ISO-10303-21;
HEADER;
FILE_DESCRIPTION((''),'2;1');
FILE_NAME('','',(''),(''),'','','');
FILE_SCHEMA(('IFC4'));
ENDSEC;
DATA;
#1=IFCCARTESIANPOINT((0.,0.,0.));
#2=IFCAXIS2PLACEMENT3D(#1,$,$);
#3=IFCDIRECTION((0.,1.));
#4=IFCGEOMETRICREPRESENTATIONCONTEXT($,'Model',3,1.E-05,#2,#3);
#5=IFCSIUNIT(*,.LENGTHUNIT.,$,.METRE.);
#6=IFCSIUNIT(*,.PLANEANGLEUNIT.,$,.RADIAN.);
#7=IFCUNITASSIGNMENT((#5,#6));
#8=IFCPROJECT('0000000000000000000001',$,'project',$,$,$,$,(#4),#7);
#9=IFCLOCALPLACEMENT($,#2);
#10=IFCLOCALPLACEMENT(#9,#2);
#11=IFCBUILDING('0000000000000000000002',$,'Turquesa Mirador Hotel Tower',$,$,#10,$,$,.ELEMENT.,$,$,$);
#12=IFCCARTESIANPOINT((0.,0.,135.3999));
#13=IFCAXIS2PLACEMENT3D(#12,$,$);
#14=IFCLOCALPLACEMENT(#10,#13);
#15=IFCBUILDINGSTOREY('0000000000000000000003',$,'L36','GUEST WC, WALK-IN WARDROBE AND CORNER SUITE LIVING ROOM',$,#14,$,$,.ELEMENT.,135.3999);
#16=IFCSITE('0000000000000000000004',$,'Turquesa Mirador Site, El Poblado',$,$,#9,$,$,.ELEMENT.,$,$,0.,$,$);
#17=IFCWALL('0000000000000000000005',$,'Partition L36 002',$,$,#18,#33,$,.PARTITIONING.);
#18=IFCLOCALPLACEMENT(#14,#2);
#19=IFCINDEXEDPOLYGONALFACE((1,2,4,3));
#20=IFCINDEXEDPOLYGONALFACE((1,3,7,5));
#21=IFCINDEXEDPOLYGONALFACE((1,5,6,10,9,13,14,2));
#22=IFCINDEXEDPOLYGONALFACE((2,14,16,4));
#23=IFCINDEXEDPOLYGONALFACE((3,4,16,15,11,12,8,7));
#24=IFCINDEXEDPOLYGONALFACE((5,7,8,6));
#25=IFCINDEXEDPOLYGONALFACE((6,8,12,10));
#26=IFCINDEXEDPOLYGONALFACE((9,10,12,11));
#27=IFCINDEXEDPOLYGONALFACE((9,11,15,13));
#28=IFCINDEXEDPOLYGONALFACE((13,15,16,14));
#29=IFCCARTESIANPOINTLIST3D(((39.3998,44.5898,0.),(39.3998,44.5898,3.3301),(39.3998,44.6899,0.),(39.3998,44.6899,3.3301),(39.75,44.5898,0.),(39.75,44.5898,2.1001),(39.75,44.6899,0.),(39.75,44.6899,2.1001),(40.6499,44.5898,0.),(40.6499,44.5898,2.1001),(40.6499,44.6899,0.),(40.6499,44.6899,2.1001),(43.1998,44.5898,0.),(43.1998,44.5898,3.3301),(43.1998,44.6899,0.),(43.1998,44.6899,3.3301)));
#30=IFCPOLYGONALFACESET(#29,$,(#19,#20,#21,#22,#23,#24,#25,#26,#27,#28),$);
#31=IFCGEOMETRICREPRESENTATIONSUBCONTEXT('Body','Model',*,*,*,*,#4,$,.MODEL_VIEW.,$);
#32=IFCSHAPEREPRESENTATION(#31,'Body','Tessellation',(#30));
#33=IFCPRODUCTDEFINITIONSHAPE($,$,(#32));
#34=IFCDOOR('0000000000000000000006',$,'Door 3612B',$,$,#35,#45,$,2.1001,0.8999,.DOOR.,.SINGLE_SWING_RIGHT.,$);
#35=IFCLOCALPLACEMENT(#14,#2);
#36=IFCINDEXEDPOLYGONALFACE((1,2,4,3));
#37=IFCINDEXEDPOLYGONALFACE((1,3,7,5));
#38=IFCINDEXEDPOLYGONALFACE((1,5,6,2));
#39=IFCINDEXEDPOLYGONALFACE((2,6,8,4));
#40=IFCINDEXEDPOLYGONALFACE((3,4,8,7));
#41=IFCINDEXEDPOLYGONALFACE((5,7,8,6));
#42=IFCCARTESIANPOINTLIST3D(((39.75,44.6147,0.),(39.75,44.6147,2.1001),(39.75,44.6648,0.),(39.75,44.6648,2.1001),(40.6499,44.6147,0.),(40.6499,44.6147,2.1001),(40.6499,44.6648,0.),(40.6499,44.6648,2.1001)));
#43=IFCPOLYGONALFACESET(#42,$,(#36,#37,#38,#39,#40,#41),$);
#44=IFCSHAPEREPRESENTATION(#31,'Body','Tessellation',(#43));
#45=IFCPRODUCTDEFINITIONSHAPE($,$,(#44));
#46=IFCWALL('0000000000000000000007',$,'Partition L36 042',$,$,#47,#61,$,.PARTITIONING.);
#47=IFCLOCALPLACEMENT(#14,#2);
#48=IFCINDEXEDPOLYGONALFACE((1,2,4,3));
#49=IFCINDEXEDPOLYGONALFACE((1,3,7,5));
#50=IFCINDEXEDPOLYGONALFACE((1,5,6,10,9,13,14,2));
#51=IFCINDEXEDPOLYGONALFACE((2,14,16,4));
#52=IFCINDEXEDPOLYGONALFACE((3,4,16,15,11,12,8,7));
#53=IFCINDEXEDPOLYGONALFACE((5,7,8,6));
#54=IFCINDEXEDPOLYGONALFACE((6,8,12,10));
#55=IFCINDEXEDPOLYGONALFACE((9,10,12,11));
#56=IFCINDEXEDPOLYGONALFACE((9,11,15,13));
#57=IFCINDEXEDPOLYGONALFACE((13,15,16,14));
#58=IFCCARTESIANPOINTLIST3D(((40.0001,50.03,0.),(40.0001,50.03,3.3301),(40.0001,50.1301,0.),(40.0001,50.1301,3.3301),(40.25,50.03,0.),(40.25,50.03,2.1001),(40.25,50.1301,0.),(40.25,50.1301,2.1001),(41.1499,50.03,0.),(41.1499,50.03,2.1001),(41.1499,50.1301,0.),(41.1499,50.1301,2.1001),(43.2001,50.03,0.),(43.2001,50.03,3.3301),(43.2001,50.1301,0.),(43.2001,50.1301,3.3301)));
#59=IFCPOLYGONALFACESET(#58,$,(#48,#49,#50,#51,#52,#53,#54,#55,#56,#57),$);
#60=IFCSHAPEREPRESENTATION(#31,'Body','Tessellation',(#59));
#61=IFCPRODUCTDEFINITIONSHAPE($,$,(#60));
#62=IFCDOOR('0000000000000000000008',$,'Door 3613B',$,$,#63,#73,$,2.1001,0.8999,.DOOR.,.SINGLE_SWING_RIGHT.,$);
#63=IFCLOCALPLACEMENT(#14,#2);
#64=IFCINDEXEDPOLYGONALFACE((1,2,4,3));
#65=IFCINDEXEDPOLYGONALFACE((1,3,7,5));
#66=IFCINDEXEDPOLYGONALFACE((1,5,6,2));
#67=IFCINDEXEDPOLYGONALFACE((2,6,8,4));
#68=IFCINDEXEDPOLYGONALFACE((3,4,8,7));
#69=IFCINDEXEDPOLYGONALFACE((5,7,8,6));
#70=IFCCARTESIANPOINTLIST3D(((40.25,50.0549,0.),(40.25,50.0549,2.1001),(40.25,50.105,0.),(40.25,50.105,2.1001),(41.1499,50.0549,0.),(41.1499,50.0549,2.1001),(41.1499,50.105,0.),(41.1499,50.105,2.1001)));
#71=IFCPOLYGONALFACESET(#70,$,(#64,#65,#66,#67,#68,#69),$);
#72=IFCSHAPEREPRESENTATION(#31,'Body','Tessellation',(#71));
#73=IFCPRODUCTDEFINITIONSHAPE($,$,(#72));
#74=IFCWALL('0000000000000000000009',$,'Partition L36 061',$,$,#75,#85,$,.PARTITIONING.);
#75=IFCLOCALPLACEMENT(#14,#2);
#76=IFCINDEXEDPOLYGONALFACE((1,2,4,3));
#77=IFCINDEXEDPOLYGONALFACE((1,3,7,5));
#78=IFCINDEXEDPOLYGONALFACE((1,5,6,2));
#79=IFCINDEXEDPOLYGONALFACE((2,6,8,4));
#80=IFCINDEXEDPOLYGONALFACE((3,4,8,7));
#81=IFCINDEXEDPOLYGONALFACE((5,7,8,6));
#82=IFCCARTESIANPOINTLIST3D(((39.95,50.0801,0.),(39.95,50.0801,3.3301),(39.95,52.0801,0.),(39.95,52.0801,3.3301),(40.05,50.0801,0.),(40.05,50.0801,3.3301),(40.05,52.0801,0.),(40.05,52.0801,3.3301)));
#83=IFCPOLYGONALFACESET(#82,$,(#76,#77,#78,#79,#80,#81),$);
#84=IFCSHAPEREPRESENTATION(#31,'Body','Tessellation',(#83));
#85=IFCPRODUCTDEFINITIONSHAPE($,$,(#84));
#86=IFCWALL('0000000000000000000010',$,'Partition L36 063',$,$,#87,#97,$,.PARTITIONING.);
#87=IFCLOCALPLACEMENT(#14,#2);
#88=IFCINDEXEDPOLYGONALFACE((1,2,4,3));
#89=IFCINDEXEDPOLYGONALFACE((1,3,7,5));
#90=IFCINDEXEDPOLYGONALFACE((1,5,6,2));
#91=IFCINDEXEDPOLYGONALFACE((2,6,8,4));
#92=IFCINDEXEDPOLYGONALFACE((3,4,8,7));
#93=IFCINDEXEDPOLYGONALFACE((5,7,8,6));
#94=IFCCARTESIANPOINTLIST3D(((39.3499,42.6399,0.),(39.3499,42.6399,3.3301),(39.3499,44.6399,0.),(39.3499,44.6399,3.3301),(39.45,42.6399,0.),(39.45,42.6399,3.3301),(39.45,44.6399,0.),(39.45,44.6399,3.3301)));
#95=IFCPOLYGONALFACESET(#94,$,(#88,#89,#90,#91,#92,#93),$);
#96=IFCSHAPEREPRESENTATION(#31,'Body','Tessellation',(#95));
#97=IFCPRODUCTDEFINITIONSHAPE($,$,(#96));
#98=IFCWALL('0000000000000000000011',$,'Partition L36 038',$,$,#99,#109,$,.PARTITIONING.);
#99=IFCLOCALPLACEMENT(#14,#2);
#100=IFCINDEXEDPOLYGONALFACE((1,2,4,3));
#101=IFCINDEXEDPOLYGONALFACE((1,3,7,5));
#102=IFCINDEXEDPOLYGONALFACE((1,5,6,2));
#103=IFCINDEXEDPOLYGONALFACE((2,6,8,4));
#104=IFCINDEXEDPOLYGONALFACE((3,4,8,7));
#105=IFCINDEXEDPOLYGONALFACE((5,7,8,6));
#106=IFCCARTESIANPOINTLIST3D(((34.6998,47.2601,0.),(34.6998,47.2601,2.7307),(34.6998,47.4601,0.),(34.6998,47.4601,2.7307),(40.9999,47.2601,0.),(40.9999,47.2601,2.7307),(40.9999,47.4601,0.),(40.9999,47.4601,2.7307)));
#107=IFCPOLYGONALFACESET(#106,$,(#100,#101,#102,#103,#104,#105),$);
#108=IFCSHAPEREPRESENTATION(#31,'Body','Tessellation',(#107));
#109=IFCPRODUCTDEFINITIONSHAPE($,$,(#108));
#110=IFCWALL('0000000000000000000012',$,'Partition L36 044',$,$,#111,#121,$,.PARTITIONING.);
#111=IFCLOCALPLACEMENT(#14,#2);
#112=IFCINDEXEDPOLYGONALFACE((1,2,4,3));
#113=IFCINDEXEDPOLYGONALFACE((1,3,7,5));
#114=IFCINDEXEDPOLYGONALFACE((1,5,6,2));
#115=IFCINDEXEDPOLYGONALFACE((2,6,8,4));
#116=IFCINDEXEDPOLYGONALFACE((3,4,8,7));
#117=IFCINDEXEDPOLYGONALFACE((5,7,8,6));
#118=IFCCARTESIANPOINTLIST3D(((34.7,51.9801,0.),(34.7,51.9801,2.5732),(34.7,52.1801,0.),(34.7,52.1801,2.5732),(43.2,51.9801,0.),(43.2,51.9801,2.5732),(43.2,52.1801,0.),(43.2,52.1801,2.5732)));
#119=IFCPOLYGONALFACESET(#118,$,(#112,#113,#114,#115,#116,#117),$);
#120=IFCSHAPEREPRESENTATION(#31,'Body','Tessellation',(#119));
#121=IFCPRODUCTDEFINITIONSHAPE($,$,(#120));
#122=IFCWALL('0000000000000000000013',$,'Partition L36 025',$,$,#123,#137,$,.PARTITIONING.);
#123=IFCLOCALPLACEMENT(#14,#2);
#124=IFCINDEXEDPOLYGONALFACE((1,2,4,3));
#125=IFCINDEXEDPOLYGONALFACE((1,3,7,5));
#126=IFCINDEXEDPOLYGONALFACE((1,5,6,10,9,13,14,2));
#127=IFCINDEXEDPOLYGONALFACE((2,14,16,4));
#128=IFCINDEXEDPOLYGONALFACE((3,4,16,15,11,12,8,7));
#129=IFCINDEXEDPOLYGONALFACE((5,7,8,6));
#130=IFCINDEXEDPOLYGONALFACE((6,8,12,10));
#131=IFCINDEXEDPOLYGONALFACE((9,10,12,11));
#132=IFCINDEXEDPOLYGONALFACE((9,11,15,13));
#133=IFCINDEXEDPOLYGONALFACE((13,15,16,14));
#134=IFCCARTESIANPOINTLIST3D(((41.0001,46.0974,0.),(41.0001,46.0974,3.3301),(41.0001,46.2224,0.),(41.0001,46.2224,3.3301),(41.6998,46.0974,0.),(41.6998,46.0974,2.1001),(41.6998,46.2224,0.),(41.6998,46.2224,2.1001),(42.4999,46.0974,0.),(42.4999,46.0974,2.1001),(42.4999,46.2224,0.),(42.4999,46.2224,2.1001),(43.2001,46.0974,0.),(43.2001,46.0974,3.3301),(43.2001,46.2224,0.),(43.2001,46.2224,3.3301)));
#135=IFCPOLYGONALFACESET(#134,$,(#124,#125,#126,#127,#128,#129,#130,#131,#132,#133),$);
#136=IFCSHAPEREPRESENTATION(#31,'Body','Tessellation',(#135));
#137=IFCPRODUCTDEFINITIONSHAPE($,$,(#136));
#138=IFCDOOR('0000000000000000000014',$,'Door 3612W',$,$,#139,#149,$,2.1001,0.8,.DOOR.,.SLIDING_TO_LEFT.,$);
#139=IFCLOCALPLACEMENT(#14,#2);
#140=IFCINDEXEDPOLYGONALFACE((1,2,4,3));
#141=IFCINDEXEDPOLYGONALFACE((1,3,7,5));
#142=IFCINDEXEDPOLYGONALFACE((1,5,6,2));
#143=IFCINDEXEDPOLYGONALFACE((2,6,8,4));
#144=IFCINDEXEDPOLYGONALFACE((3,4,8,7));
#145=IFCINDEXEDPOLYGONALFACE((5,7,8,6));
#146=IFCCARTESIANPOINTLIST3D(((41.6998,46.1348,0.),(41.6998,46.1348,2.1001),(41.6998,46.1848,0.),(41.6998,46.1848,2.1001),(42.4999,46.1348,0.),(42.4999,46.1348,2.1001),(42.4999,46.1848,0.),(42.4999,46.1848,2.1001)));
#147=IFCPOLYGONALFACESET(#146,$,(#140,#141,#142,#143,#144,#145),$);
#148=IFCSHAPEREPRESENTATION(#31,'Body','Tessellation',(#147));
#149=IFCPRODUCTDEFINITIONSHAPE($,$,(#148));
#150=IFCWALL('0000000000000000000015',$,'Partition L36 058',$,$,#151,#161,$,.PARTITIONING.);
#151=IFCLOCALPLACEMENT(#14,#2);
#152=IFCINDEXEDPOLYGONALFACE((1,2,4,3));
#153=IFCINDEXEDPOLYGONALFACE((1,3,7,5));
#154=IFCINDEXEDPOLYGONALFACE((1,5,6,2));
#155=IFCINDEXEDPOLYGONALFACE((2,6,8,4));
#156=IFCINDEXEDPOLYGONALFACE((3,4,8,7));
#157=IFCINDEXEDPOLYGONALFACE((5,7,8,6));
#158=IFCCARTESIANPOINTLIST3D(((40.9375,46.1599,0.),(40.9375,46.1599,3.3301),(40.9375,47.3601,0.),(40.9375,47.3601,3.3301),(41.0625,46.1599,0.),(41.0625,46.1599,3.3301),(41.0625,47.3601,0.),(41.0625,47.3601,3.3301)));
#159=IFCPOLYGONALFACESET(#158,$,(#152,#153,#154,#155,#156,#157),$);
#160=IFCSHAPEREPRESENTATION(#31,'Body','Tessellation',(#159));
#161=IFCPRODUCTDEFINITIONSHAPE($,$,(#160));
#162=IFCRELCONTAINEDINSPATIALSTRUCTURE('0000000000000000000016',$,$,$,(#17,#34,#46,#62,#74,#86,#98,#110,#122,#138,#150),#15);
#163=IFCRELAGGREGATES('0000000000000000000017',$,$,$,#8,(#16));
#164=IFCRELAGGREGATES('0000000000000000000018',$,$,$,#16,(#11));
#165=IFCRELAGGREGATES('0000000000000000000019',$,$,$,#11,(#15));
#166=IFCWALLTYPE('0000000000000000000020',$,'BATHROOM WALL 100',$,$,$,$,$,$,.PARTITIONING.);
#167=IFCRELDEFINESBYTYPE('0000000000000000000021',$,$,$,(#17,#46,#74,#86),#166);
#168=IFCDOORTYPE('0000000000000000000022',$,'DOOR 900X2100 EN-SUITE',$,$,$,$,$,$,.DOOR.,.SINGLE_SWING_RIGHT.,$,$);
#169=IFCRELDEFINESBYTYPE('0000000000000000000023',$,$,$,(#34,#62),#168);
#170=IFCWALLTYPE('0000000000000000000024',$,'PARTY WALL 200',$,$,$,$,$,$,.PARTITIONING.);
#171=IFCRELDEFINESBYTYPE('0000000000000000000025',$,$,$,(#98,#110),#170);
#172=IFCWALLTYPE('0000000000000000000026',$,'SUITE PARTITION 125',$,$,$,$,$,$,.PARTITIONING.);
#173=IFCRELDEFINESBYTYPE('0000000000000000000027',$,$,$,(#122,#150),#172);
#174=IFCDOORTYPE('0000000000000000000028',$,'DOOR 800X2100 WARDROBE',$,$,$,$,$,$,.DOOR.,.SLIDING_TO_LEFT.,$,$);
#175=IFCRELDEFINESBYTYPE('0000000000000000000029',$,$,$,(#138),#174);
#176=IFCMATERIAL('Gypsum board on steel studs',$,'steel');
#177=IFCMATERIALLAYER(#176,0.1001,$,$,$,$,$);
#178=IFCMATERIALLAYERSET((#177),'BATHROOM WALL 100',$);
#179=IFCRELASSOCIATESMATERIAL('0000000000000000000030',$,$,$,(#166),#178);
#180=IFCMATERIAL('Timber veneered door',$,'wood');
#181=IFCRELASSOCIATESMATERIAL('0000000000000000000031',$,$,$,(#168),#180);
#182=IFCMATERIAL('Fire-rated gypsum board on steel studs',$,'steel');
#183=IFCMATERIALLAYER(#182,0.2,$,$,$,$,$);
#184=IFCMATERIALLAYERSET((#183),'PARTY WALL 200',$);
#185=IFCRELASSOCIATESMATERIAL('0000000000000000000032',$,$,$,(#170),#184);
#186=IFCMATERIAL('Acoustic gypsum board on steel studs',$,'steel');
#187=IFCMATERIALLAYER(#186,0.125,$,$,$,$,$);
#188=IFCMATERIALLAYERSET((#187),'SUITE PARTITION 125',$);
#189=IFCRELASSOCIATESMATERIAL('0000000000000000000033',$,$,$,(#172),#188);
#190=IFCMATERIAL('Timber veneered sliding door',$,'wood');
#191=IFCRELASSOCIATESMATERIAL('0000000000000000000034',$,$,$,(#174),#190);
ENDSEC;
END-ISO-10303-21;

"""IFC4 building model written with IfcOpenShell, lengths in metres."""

from ifc_helpers import new_model, si_unit, direction, frame, frame_2d, origin, place, context, subcontext, project, spatial, rectangle, extrude, material, layer, layer_set, type_object, element, fill, save


model = new_model("IFC4")

# Units and contexts
model_context = context("Model", 3, precision=1e-05, world=origin(), true_north=direction((0.0, 1.0)))
body_context = subcontext(model_context, "Body", "Model", "MODEL_VIEW")
ifc_project = project(units=[si_unit("LENGTHUNIT", "METRE"), si_unit("PLANEANGLEUNIT", "RADIAN")], contexts=[model_context])

# Site, building, storey
site_placement = place(None, origin())
site = spatial("IfcSite", under=ifc_project, at=site_placement, Name="Turquesa Mirador Site, El Poblado", CompositionType="ELEMENT", RefElevation=0.0)
building_placement = place(site_placement, origin())
building = spatial("IfcBuilding", under=site, at=building_placement, Name="Turquesa Mirador Hotel Tower", CompositionType="ELEMENT")
storey_placement = place(building_placement, frame((0.0, 0.0, 135.3999)))
storey = spatial("IfcBuildingStorey", under=building, at=storey_placement, Name="L36", Description="GUEST WC, WALK-IN WARDROBE AND CORNER SUITE LIVING ROOM", CompositionType="ELEMENT", Elevation=135.3999)

# Walls, openings, doors
ifc_material_1 = material(Name="Gypsum board on steel studs", Category="steel")
ifc_layer_1 = layer(ifc_material_1, 0.1001)
ifc_layer_set_1 = layer_set([ifc_layer_1], Name="BATHROOM WALL 100")
wall_type_1 = type_object("IfcWallType", Name="BATHROOM WALL 100", PredefinedType="PARTITIONING", material=ifc_layer_set_1)
wall_1_placement = place(storey_placement, frame((39.3999, 44.6399, 0.0), z_axis=(0.0, 0.0, 1.0), x_axis=(1.0, 0.0, 0.0)))
wall_1 = element("IfcWall", 1, at=wall_1_placement, inside=storey, type_object=wall_type_1, Name="Partition L36 002", PredefinedType="PARTITIONING", context=body_context, shape_type="SweptSolid", body=[
    extrude(rectangle(XDim=3.8, YDim=0.1001, at=frame_2d((1.8999, 0.0))), origin(), (0.0, 0.0, 1.0), 3.3301),
])
opening_1_placement = place(wall_1_placement, frame((0.3501, 0.0, 0.0)))
opening_1 = element("IfcOpeningElement", 2, at=opening_1_placement, cuts=wall_1, PredefinedType="OPENING", context=body_context, shape_type="SweptSolid", body=[
    extrude(rectangle(XDim=0.8999, YDim=2.1001, at=frame_2d((0.45, 1.05))), frame((0.0, 0.0601, 0.0), z_axis=(0.0, -1.0, 0.0), x_axis=(1.0, 0.0, 0.0)), (0.0, 0.0, 1.0), 0.1201),
])
ifc_material_2 = material(Name="Timber veneered door", Category="wood")
door_type_1 = type_object("IfcDoorType", Name="DOOR 900X2100 EN-SUITE", OperationType="SINGLE_SWING_RIGHT", PredefinedType="DOOR", material=ifc_material_2)
door_1_placement = place(opening_1_placement, origin())
door_1 = element("IfcDoor", 3, at=door_1_placement, inside=storey, type_object=door_type_1, Name="Door 3612B", OperationType="SINGLE_SWING_RIGHT", OverallHeight=2.1001, OverallWidth=0.8999, PredefinedType="DOOR", context=body_context, shape_type="SweptSolid", body=[
    extrude(rectangle(XDim=0.8999, YDim=2.1001, at=frame_2d((0.45, 1.05))), frame((0.0, 0.0249, 0.0), z_axis=(0.0, -1.0, 0.0), x_axis=(1.0, 0.0, 0.0)), (0.0, 0.0, 1.0), 0.05),
])
fill(opening_1, door_1)
wall_2_placement = place(storey_placement, frame((40.0, 50.0801, 0.0), z_axis=(0.0, 0.0, 1.0), x_axis=(1.0, 0.0, 0.0)))
wall_2 = element("IfcWall", 4, at=wall_2_placement, inside=storey, type_object=wall_type_1, Name="Partition L36 042", PredefinedType="PARTITIONING", context=body_context, shape_type="SweptSolid", body=[
    extrude(rectangle(XDim=3.2, YDim=0.1001, at=frame_2d((1.6001, 0.0))), origin(), (0.0, 0.0, 1.0), 3.3301),
])
opening_2_placement = place(wall_2_placement, frame((0.25, 0.0, 0.0)))
opening_2 = element("IfcOpeningElement", 5, at=opening_2_placement, cuts=wall_2, PredefinedType="OPENING", context=body_context, shape_type="SweptSolid", body=[
    extrude(rectangle(XDim=0.8999, YDim=2.1001, at=frame_2d((0.45, 1.05))), frame((0.0, 0.0601, 0.0), z_axis=(0.0, -1.0, 0.0), x_axis=(1.0, 0.0, 0.0)), (0.0, 0.0, 1.0), 0.1201),
])
door_2_placement = place(opening_2_placement, origin())
door_2 = element("IfcDoor", 6, at=door_2_placement, inside=storey, type_object=door_type_1, Name="Door 3613B", OperationType="SINGLE_SWING_RIGHT", OverallHeight=2.1001, OverallWidth=0.8999, PredefinedType="DOOR", context=body_context, shape_type="SweptSolid", body=[
    extrude(rectangle(XDim=0.8999, YDim=2.1001, at=frame_2d((0.45, 1.05))), frame((0.0, 0.0249, 0.0), z_axis=(0.0, -1.0, 0.0), x_axis=(1.0, 0.0, 0.0)), (0.0, 0.0, 1.0), 0.05),
])
fill(opening_2, door_2)

# Walls
for number, where, z_axis, x_axis, name in (
    (7, (40.0, 50.0801, 0.0), (0.0, 0.0, 1.0), (0.0, 1.0, 0.0), "Partition L36 061"),
    (8, (39.3999, 42.6399, 0.0), (0.0, 0.0, 1.0), (0.0, 1.0, 0.0), "Partition L36 063"),
):
    element("IfcWall", number, at=place(storey_placement, frame(where, z_axis=z_axis, x_axis=x_axis)), inside=storey, type_object=wall_type_1, Name=name, PredefinedType="PARTITIONING", context=body_context, shape_type="SweptSolid", body=[
        extrude(rectangle(XDim=2.0, YDim=0.1001, at=frame_2d((1.0, 0.0))), origin(), (0.0, 0.0, 1.0), 3.3301),
    ])
ifc_material_3 = material(Name="Fire-rated gypsum board on steel studs", Category="steel")
ifc_layer_2 = layer(ifc_material_3, 0.2)
ifc_layer_set_2 = layer_set([ifc_layer_2], Name="PARTY WALL 200")
wall_type_2 = type_object("IfcWallType", Name="PARTY WALL 200", PredefinedType="PARTITIONING", material=ifc_layer_set_2)
wall_3_placement = place(storey_placement, frame((34.7, 47.3601, 0.0), z_axis=(0.0, 0.0, 1.0), x_axis=(1.0, 0.0, 0.0)))
element("IfcWall", 9, at=wall_3_placement, inside=storey, type_object=wall_type_2, Name="Partition L36 038", PredefinedType="PARTITIONING", context=body_context, shape_type="SweptSolid", body=[
    extrude(rectangle(XDim=6.3, YDim=0.2, at=frame_2d((3.1499, 0.0))), origin(), (0.0, 0.0, 1.0), 2.7307),
])
wall_4_placement = place(storey_placement, frame((34.7, 52.0801, 0.0), z_axis=(0.0, 0.0, 1.0), x_axis=(1.0, 0.0, 0.0)))
element("IfcWall", 10, at=wall_4_placement, inside=storey, type_object=wall_type_2, Name="Partition L36 044", PredefinedType="PARTITIONING", context=body_context, shape_type="SweptSolid", body=[
    extrude(rectangle(XDim=8.5, YDim=0.2, at=frame_2d((4.25, 0.0))), origin(), (0.0, 0.0, 1.0), 2.5732),
])

# Wall, opening, door
ifc_material_4 = material(Name="Acoustic gypsum board on steel studs", Category="steel")
ifc_layer_3 = layer(ifc_material_4, 0.125)
ifc_layer_set_3 = layer_set([ifc_layer_3], Name="SUITE PARTITION 125")
wall_type_3 = type_object("IfcWallType", Name="SUITE PARTITION 125", PredefinedType="PARTITIONING", material=ifc_layer_set_3)
wall_5_placement = place(storey_placement, frame((41.0, 46.1599, 0.0), z_axis=(0.0, 0.0, 1.0), x_axis=(1.0, 0.0, 0.0)))
wall_5 = element("IfcWall", 11, at=wall_5_placement, inside=storey, type_object=wall_type_3, Name="Partition L36 025", PredefinedType="PARTITIONING", context=body_context, shape_type="SweptSolid", body=[
    extrude(rectangle(XDim=2.2, YDim=0.125, at=frame_2d((1.1001, 0.0))), origin(), (0.0, 0.0, 1.0), 3.3301),
])
opening_3_placement = place(wall_5_placement, frame((0.7, 0.0, 0.0)))
opening_3 = element("IfcOpeningElement", 12, at=opening_3_placement, cuts=wall_5, PredefinedType="OPENING", context=body_context, shape_type="SweptSolid", body=[
    extrude(rectangle(XDim=0.8, YDim=2.1001, at=frame_2d((0.3999, 1.05))), frame((0.0, 0.0725, 0.0), z_axis=(0.0, -1.0, 0.0), x_axis=(1.0, 0.0, 0.0)), (0.0, 0.0, 1.0), 0.145),
])
ifc_material_5 = material(Name="Timber veneered sliding door", Category="wood")
door_type_2 = type_object("IfcDoorType", Name="DOOR 800X2100 WARDROBE", OperationType="SLIDING_TO_LEFT", PredefinedType="DOOR", material=ifc_material_5)
door_3_placement = place(opening_3_placement, origin())
door_3 = element("IfcDoor", 13, at=door_3_placement, inside=storey, type_object=door_type_2, Name="Door 3612W", OperationType="SLIDING_TO_LEFT", OverallHeight=2.1001, OverallWidth=0.8, PredefinedType="DOOR", context=body_context, shape_type="SweptSolid", body=[
    extrude(rectangle(XDim=0.8, YDim=2.1001, at=frame_2d((0.3999, 1.05))), frame((0.0, 0.0249, 0.0), z_axis=(0.0, -1.0, 0.0), x_axis=(1.0, 0.0, 0.0)), (0.0, 0.0, 1.0), 0.05),
])
fill(opening_3, door_3)

# Wall
wall_6_placement = place(storey_placement, frame((41.0, 46.1599, 0.0), z_axis=(0.0, 0.0, 1.0), x_axis=(0.0, 1.0, 0.0)))
element("IfcWall", 14, at=wall_6_placement, inside=storey, type_object=wall_type_3, Name="Partition L36 058", PredefinedType="PARTITIONING", context=body_context, shape_type="SweptSolid", body=[
    extrude(rectangle(XDim=1.2002, YDim=0.125, at=frame_2d((0.6001, 0.0))), origin(), (0.0, 0.0, 1.0), 3.3301),
])

save(model, "model.ifc")
